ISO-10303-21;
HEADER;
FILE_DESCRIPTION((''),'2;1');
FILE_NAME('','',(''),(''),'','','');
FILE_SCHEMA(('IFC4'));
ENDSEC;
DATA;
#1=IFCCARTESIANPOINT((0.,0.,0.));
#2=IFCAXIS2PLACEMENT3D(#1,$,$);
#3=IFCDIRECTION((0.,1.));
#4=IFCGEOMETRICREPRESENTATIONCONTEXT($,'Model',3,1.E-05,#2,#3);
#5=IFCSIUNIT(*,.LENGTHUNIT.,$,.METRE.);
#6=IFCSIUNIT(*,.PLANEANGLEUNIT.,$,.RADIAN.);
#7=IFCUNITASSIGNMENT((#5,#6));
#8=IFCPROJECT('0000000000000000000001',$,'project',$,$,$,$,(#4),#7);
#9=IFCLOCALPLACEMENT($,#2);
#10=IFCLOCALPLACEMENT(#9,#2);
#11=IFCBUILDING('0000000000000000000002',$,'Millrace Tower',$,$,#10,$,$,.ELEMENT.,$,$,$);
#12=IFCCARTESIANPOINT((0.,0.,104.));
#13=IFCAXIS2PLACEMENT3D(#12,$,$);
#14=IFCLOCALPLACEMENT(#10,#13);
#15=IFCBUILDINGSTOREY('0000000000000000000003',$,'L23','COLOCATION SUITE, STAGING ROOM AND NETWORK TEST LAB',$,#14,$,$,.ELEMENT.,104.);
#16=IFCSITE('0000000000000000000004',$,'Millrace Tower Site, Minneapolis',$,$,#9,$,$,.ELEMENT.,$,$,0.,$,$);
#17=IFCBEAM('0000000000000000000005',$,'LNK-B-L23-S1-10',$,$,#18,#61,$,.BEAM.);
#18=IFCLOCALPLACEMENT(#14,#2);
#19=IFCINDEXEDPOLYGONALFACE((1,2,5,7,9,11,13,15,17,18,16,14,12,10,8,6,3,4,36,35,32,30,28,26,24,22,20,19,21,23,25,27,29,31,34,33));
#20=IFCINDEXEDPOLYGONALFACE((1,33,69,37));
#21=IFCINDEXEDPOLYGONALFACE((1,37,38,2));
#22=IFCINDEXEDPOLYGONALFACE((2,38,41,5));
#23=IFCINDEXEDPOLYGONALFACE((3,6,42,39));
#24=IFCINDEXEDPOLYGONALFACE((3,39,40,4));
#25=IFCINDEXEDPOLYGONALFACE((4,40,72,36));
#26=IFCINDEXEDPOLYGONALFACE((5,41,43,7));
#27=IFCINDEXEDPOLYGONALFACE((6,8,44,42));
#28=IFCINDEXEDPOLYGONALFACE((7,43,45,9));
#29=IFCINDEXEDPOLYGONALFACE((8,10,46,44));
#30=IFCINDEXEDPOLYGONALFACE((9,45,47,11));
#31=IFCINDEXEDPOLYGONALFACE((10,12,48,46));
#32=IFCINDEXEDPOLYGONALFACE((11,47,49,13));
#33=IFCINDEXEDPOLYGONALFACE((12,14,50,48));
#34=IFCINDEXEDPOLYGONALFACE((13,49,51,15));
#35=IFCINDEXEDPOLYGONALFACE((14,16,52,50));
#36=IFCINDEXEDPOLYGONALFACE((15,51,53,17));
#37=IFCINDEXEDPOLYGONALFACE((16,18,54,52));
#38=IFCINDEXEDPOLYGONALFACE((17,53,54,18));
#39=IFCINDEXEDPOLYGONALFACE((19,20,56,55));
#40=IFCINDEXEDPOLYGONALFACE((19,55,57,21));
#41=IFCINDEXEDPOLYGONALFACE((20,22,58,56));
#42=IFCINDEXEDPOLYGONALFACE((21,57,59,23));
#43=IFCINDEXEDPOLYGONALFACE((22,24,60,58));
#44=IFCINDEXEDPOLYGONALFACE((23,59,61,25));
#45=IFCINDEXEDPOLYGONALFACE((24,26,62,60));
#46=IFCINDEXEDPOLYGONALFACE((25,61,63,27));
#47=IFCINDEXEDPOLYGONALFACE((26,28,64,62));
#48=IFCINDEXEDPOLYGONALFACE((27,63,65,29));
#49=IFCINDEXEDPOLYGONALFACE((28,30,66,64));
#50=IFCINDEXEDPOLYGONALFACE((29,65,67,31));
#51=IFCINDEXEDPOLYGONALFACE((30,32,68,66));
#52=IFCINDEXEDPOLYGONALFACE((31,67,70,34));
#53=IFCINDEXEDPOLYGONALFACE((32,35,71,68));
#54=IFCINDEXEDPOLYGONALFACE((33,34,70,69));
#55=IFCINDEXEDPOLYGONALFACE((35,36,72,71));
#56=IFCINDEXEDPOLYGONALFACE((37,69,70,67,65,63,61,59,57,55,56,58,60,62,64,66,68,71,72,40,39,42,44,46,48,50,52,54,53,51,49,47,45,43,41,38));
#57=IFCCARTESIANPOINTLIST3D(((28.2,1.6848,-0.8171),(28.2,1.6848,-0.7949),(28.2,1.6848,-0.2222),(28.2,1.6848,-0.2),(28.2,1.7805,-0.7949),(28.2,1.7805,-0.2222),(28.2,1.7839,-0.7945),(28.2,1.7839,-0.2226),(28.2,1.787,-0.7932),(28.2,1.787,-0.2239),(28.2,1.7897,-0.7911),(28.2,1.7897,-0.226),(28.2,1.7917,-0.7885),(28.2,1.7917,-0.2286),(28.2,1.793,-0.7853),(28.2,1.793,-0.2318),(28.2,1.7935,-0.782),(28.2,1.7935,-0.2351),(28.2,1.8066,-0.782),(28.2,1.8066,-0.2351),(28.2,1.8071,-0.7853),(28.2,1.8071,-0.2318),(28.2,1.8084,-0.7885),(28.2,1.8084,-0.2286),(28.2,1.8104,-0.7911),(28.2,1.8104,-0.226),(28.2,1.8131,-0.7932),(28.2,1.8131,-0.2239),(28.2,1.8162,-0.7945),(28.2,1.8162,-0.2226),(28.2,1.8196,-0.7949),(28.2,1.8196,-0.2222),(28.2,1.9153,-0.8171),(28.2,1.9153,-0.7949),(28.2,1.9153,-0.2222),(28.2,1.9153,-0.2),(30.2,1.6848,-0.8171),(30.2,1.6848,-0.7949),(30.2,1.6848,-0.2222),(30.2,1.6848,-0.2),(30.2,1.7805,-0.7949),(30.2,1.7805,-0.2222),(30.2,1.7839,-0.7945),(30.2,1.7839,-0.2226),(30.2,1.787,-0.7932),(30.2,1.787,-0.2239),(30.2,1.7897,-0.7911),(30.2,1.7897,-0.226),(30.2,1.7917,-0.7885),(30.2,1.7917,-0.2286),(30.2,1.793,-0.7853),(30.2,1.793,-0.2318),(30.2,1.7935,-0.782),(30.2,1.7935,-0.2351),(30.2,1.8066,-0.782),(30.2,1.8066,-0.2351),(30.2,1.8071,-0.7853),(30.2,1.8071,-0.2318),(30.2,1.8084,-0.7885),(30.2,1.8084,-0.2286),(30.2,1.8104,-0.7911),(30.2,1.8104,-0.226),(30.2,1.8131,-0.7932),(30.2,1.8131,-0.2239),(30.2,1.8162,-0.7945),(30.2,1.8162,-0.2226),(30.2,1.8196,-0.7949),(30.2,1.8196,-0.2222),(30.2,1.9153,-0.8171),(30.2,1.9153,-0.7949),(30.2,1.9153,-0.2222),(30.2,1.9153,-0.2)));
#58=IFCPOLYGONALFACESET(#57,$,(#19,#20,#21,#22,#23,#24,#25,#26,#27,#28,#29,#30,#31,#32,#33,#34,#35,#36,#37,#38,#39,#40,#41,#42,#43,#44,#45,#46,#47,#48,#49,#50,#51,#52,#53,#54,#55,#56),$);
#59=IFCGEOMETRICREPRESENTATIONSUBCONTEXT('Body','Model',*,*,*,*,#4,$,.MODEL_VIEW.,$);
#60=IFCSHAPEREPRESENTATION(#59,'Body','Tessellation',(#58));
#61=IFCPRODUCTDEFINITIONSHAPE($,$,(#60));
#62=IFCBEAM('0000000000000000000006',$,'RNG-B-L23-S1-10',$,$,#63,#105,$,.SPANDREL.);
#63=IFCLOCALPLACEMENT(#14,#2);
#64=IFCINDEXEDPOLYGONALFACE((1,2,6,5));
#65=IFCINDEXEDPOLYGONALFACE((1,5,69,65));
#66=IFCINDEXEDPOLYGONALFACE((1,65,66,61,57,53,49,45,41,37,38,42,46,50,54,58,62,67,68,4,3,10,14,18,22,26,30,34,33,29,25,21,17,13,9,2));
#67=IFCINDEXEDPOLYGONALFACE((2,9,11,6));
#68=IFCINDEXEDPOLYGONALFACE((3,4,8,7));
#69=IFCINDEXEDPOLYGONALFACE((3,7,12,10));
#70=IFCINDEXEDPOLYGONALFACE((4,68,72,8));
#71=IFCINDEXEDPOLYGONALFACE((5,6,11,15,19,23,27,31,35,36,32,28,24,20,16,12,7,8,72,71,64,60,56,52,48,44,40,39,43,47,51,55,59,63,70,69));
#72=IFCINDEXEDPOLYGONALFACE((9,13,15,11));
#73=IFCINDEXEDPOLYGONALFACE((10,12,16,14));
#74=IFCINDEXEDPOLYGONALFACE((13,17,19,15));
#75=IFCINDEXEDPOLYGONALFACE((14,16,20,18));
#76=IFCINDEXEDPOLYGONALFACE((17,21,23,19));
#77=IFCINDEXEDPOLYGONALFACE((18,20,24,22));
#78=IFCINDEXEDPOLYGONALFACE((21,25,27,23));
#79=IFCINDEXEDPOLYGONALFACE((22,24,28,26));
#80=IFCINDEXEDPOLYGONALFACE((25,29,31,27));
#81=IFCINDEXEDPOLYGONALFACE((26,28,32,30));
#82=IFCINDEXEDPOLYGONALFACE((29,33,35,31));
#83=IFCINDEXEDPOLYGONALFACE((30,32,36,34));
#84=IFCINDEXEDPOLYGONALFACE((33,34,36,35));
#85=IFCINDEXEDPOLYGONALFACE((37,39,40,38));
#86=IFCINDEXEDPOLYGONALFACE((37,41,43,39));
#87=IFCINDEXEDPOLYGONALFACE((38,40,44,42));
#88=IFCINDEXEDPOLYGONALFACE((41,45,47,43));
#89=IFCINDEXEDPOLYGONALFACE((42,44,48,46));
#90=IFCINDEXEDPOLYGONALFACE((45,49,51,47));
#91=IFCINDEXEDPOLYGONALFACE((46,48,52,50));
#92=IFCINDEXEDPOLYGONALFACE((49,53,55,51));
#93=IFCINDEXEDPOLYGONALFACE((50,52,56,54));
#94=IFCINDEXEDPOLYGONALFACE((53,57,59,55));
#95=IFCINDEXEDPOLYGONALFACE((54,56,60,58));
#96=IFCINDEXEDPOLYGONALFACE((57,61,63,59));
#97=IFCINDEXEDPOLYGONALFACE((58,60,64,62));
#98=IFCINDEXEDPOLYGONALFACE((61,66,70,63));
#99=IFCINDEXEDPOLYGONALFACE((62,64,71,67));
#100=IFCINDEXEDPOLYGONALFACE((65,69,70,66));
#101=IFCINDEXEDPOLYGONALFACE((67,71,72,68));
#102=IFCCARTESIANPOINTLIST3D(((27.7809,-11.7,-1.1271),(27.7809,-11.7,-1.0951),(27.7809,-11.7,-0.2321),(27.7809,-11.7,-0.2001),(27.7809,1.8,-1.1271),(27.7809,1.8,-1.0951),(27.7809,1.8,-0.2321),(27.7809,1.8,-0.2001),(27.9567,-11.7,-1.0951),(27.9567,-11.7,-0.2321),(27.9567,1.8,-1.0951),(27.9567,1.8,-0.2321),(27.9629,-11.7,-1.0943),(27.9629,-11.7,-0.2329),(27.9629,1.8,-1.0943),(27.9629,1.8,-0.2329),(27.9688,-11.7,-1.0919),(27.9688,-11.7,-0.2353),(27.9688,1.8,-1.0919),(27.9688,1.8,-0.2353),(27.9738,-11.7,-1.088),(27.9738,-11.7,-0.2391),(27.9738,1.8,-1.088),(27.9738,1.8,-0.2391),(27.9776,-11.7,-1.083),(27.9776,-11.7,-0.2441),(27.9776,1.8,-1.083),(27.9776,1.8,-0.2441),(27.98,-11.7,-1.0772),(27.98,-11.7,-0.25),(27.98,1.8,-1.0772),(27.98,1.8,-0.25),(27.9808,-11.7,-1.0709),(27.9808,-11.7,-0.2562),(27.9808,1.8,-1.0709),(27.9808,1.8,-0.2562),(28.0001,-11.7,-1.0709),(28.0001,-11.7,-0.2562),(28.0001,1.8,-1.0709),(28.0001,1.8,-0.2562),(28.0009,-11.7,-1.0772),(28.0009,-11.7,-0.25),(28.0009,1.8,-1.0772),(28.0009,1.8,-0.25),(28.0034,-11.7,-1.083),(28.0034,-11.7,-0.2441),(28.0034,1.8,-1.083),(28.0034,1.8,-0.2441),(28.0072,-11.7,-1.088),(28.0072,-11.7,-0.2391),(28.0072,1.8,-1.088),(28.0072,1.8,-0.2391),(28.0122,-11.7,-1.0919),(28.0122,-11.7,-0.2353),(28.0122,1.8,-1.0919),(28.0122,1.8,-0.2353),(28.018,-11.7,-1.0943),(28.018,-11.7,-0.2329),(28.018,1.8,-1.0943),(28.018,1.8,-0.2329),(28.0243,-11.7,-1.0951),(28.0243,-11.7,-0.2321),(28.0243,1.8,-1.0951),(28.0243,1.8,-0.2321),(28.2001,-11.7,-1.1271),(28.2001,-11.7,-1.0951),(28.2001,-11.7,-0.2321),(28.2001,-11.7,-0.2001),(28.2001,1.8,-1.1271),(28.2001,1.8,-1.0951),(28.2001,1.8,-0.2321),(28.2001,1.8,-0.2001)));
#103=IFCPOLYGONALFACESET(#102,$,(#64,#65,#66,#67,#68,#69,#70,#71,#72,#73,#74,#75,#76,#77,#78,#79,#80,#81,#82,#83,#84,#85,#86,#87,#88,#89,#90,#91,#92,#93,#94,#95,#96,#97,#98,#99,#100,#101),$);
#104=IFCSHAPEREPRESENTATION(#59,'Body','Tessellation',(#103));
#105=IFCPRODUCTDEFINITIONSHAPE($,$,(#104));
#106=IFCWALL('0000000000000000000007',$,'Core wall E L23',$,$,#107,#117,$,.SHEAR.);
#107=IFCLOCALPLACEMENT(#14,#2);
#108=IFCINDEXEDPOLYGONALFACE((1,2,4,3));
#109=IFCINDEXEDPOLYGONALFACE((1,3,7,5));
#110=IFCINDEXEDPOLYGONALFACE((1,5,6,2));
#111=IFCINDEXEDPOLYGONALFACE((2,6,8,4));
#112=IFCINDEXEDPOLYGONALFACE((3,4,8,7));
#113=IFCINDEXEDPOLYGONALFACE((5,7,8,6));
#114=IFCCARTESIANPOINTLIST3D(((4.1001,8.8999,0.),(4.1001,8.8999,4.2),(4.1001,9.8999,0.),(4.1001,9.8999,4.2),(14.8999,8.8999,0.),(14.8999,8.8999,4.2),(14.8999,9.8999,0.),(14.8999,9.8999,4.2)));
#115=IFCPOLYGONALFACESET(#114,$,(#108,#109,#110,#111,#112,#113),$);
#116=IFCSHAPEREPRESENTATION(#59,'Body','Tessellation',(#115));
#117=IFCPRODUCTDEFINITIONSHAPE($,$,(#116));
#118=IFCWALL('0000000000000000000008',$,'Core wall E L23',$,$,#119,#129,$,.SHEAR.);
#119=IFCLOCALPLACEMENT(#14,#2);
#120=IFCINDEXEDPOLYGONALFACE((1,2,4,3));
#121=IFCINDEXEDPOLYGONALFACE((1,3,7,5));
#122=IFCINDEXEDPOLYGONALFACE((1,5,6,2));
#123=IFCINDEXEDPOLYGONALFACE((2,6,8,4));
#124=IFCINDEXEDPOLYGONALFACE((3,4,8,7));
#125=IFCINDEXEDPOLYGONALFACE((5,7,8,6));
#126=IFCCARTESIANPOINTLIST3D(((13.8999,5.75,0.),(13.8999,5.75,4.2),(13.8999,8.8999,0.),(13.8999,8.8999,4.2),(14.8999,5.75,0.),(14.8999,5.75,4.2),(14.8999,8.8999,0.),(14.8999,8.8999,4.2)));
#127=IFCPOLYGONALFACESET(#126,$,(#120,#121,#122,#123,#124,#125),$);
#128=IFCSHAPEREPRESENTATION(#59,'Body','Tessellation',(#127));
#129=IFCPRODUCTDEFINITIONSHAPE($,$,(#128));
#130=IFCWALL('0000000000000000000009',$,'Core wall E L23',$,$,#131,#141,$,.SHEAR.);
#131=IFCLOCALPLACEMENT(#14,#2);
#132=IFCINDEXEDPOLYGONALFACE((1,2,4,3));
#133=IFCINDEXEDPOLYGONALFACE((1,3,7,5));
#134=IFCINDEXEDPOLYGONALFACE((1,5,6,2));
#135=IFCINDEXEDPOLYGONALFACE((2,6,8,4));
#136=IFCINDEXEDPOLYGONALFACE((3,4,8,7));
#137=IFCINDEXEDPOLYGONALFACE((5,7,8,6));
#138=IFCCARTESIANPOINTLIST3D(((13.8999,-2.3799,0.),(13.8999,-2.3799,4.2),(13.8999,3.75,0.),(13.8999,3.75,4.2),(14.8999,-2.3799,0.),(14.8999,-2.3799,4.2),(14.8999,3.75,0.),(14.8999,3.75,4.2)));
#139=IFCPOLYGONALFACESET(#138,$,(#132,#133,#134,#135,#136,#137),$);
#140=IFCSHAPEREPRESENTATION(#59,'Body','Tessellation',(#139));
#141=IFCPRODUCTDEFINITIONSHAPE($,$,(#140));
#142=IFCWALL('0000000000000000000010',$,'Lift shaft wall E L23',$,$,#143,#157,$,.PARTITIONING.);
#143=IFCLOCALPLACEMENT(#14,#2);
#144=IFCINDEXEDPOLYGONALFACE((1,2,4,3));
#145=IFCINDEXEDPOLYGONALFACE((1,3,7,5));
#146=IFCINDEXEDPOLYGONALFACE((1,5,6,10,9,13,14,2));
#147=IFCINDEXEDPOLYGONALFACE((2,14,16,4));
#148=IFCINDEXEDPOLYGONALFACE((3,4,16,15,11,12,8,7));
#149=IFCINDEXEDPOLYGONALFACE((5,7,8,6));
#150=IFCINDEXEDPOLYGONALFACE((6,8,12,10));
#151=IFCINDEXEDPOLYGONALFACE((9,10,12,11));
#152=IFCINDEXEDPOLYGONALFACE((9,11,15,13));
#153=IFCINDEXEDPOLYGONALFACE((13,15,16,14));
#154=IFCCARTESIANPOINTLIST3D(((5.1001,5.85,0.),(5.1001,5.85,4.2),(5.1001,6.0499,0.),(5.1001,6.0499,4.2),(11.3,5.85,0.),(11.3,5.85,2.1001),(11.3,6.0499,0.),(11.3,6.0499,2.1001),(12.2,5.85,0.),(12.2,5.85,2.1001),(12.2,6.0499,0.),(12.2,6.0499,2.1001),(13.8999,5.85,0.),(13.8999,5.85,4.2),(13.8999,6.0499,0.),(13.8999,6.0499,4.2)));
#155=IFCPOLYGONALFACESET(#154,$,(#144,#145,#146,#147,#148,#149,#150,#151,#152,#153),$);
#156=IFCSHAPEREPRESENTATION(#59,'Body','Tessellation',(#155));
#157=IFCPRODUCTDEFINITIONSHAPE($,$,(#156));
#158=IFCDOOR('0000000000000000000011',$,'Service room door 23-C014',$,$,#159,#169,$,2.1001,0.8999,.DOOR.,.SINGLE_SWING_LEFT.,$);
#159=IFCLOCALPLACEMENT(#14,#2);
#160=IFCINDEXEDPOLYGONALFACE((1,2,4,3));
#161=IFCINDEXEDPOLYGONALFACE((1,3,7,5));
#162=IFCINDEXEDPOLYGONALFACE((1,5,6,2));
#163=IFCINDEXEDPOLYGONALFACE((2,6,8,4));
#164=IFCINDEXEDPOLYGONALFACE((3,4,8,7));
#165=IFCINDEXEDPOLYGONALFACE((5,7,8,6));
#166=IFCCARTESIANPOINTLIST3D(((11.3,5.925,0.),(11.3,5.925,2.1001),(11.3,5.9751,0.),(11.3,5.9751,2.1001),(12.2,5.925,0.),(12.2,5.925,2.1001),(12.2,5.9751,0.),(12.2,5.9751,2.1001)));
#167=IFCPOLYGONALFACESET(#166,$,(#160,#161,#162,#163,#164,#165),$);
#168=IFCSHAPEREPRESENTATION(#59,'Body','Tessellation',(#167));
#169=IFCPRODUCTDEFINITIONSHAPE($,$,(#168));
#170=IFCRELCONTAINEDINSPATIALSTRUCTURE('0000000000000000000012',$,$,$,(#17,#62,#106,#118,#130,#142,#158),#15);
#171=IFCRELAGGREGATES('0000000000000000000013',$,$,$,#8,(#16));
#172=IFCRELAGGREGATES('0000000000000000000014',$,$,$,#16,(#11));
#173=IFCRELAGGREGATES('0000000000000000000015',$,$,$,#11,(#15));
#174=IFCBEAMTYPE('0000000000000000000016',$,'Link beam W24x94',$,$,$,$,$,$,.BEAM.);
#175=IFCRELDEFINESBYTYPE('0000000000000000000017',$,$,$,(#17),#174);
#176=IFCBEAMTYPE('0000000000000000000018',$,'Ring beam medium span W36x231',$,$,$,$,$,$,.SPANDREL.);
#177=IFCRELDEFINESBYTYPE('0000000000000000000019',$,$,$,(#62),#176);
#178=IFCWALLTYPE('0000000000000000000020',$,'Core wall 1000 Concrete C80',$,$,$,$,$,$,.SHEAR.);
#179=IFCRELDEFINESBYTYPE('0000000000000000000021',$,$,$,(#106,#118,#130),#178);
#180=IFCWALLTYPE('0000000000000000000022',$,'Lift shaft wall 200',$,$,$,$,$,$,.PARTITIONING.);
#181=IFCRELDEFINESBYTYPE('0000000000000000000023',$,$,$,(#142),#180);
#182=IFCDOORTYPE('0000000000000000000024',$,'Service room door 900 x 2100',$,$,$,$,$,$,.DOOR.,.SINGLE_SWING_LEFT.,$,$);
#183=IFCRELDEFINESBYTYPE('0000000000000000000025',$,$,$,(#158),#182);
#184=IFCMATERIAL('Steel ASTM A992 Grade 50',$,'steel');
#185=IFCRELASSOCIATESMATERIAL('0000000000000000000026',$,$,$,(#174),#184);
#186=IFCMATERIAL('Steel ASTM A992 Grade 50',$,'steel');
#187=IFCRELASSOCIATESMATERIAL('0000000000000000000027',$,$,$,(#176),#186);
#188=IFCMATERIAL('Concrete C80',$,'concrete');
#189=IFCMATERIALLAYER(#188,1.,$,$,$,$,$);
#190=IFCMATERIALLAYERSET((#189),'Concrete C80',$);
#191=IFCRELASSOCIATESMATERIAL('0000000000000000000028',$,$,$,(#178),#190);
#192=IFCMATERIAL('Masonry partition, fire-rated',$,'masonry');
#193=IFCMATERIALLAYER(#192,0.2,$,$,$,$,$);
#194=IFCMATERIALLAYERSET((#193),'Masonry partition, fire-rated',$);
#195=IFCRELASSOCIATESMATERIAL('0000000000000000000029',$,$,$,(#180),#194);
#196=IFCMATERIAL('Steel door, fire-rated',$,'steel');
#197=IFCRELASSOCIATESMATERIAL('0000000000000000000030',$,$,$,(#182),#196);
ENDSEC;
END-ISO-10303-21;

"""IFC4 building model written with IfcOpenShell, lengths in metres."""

from ifc_helpers import new_model, si_unit, direction, frame, frame_2d, origin, origin_2d, place, context, subcontext, project, spatial, rectangle, i_section, extrude, material, layer, layer_set, material_profile, profile_set, type_object, element, fill, save


model = new_model("IFC4")

# Units and contexts
model_context = context("Model", 3, precision=1e-05, world=origin(), true_north=direction((0.0, 1.0)))
body_context = subcontext(model_context, "Body", "Model", "MODEL_VIEW")
ifc_project = project(units=[si_unit("LENGTHUNIT", "METRE"), si_unit("PLANEANGLEUNIT", "RADIAN")], contexts=[model_context])

# Site, building, storey
site_placement = place(None, origin())
site = spatial("IfcSite", under=ifc_project, at=site_placement, Name="Millrace Tower Site, Minneapolis", CompositionType="ELEMENT", RefElevation=0.0)
building_placement = place(site_placement, origin())
building = spatial("IfcBuilding", under=site, at=building_placement, Name="Millrace Tower", CompositionType="ELEMENT")
storey_placement = place(building_placement, frame((0.0, 0.0, 104.0)))
storey = spatial("IfcBuildingStorey", under=building, at=storey_placement, Name="L23", Description="COLOCATION SUITE, STAGING ROOM AND NETWORK TEST LAB", CompositionType="ELEMENT", Elevation=104.0)

# Beams
ifc_material_1 = material(Name="Steel ASTM A992 Grade 50", Category="steel")
ifc_material_profile_1 = material_profile(ifc_material_1, i_section(OverallWidth=0.2305, OverallDepth=0.6172, WebThickness=0.0132, FlangeThickness=0.0222, FilletRadius=0.0129, at=origin_2d()))
ifc_profile_set_1 = profile_set([ifc_material_profile_1], Name="Steel ASTM A992 Grade 50")
beam_type_1 = type_object("IfcBeamType", Name="Link beam W24x94", PredefinedType="BEAM", material=ifc_profile_set_1)
beam_1_placement = place(storey_placement, frame((28.2, 1.8, -0.5085), z_axis=(1.0, 0.0, 0.0), x_axis=(0.0, 1.0, 0.0)))
element("IfcBeam", 1, at=beam_1_placement, inside=storey, type_object=beam_type_1, Name="LNK-B-L23-S1-10", PredefinedType="BEAM", context=body_context, shape_type="SweptSolid", body=[
    extrude(i_section(OverallWidth=0.2305, OverallDepth=0.6172, WebThickness=0.0132, FlangeThickness=0.0222, FilletRadius=0.0129, at=origin_2d()), origin(), (0.0, 0.0, 1.0), 2.0),
])
ifc_material_2 = material(Name="Steel ASTM A992 Grade 50", Category="steel")
ifc_material_profile_2 = material_profile(ifc_material_2, i_section(OverallWidth=0.4192, OverallDepth=0.927, WebThickness=0.0193, FlangeThickness=0.032, FilletRadius=0.0242, at=origin_2d()))
ifc_profile_set_2 = profile_set([ifc_material_profile_2], Name="Steel ASTM A992 Grade 50")
beam_type_2 = type_object("IfcBeamType", Name="Ring beam medium span W36x231", PredefinedType="SPANDREL", material=ifc_profile_set_2)
beam_2_placement = place(storey_placement, frame((27.9905, 1.8, -0.6636), z_axis=(0.0, -1.0, 0.0), x_axis=(1.0, 0.0, 0.0)))
element("IfcBeam", 2, at=beam_2_placement, inside=storey, type_object=beam_type_2, Name="RNG-B-L23-S1-10", PredefinedType="SPANDREL", context=body_context, shape_type="SweptSolid", body=[
    extrude(i_section(OverallWidth=0.4192, OverallDepth=0.927, WebThickness=0.0193, FlangeThickness=0.032, FilletRadius=0.0242, at=origin_2d()), origin(), (0.0, 0.0, 1.0), 13.5),
])

# Walls
ifc_material_3 = material(Name="Concrete C80", Category="concrete")
ifc_layer_1 = layer(ifc_material_3, 1.0)
ifc_layer_set_1 = layer_set([ifc_layer_1], Name="Concrete C80")
wall_type_1 = type_object("IfcWallType", Name="Core wall 1000 Concrete C80", PredefinedType="SHEAR", material=ifc_layer_set_1)
wall_1_placement = place(storey_placement, frame((14.8999, 9.3999, 0.0), z_axis=(0.0, 0.0, 1.0), x_axis=(-1.0, 0.0, 0.0)))
element("IfcWall", 3, at=wall_1_placement, inside=storey, type_object=wall_type_1, Name="Core wall E L23", PredefinedType="SHEAR", context=body_context, shape_type="SweptSolid", body=[
    extrude(rectangle(XDim=10.7998, YDim=1.0, at=frame_2d((5.3999, 0.0))), origin(), (0.0, 0.0, 1.0), 4.2),
])
wall_2_placement = place(storey_placement, frame((14.3999, 8.8999, 0.0), z_axis=(0.0, 0.0, 1.0), x_axis=(0.0, -1.0, 0.0)))
element("IfcWall", 4, at=wall_2_placement, inside=storey, type_object=wall_type_1, Name="Core wall E L23", PredefinedType="SHEAR", context=body_context, shape_type="SweptSolid", body=[
    extrude(rectangle(XDim=3.1499, YDim=1.0, at=frame_2d((1.575, 0.0))), origin(), (0.0, 0.0, 1.0), 4.2),
])
wall_3_placement = place(storey_placement, frame((14.3999, 3.75, 0.0), z_axis=(0.0, 0.0, 1.0), x_axis=(0.0, -1.0, 0.0)))
element("IfcWall", 5, at=wall_3_placement, inside=storey, type_object=wall_type_1, Name="Core wall E L23", PredefinedType="SHEAR", context=body_context, shape_type="SweptSolid", body=[
    extrude(rectangle(XDim=6.1299, YDim=1.0, at=frame_2d((3.0649, 0.0))), origin(), (0.0, 0.0, 1.0), 4.2),
])

# Wall, opening, door
ifc_material_4 = material(Name="Masonry partition, fire-rated", Category="masonry")
ifc_layer_2 = layer(ifc_material_4, 0.2)
ifc_layer_set_2 = layer_set([ifc_layer_2], Name="Masonry partition, fire-rated")
wall_type_2 = type_object("IfcWallType", Name="Lift shaft wall 200", PredefinedType="PARTITIONING", material=ifc_layer_set_2)
wall_4_placement = place(storey_placement, frame((13.8999, 5.95, 0.0), z_axis=(0.0, 0.0, 1.0), x_axis=(-1.0, 0.0, 0.0)))
wall_4 = element("IfcWall", 6, at=wall_4_placement, inside=storey, type_object=wall_type_2, Name="Lift shaft wall E L23", PredefinedType="PARTITIONING", context=body_context, shape_type="SweptSolid", body=[
    extrude(rectangle(XDim=8.7998, YDim=0.2, at=frame_2d((4.3999, 0.0))), origin(), (0.0, 0.0, 1.0), 4.2),
])
opening_1_placement = place(wall_4_placement, frame((1.7, 0.0, 0.0)))
opening_1 = element("IfcOpeningElement", 7, at=opening_1_placement, cuts=wall_4, PredefinedType="OPENING", context=body_context, shape_type="SweptSolid", body=[
    extrude(rectangle(XDim=0.8999, YDim=2.1001, at=frame_2d((0.45, 1.05))), frame((0.0, 0.1099, 0.0), z_axis=(0.0, -1.0, 0.0), x_axis=(1.0, 0.0, 0.0)), (0.0, 0.0, 1.0), 0.22),
])
ifc_material_5 = material(Name="Steel door, fire-rated", Category="steel")
door_type_1 = type_object("IfcDoorType", Name="Service room door 900 x 2100", OperationType="SINGLE_SWING_LEFT", PredefinedType="DOOR", material=ifc_material_5)
door_1_placement = place(opening_1_placement, origin())
door_1 = element("IfcDoor", 8, at=door_1_placement, inside=storey, type_object=door_type_1, Name="Service room door 23-C014", OperationType="SINGLE_SWING_LEFT", OverallHeight=2.1001, OverallWidth=0.8999, PredefinedType="DOOR", context=body_context, shape_type="SweptSolid", body=[
    extrude(rectangle(XDim=0.8999, YDim=2.1001, at=frame_2d((0.45, 1.05))), frame((0.0, 0.0249, 0.0), z_axis=(0.0, -1.0, 0.0), x_axis=(1.0, 0.0, 0.0)), (0.0, 0.0, 1.0), 0.05),
])
fill(opening_1, door_1)

save(model, "model.ifc")
